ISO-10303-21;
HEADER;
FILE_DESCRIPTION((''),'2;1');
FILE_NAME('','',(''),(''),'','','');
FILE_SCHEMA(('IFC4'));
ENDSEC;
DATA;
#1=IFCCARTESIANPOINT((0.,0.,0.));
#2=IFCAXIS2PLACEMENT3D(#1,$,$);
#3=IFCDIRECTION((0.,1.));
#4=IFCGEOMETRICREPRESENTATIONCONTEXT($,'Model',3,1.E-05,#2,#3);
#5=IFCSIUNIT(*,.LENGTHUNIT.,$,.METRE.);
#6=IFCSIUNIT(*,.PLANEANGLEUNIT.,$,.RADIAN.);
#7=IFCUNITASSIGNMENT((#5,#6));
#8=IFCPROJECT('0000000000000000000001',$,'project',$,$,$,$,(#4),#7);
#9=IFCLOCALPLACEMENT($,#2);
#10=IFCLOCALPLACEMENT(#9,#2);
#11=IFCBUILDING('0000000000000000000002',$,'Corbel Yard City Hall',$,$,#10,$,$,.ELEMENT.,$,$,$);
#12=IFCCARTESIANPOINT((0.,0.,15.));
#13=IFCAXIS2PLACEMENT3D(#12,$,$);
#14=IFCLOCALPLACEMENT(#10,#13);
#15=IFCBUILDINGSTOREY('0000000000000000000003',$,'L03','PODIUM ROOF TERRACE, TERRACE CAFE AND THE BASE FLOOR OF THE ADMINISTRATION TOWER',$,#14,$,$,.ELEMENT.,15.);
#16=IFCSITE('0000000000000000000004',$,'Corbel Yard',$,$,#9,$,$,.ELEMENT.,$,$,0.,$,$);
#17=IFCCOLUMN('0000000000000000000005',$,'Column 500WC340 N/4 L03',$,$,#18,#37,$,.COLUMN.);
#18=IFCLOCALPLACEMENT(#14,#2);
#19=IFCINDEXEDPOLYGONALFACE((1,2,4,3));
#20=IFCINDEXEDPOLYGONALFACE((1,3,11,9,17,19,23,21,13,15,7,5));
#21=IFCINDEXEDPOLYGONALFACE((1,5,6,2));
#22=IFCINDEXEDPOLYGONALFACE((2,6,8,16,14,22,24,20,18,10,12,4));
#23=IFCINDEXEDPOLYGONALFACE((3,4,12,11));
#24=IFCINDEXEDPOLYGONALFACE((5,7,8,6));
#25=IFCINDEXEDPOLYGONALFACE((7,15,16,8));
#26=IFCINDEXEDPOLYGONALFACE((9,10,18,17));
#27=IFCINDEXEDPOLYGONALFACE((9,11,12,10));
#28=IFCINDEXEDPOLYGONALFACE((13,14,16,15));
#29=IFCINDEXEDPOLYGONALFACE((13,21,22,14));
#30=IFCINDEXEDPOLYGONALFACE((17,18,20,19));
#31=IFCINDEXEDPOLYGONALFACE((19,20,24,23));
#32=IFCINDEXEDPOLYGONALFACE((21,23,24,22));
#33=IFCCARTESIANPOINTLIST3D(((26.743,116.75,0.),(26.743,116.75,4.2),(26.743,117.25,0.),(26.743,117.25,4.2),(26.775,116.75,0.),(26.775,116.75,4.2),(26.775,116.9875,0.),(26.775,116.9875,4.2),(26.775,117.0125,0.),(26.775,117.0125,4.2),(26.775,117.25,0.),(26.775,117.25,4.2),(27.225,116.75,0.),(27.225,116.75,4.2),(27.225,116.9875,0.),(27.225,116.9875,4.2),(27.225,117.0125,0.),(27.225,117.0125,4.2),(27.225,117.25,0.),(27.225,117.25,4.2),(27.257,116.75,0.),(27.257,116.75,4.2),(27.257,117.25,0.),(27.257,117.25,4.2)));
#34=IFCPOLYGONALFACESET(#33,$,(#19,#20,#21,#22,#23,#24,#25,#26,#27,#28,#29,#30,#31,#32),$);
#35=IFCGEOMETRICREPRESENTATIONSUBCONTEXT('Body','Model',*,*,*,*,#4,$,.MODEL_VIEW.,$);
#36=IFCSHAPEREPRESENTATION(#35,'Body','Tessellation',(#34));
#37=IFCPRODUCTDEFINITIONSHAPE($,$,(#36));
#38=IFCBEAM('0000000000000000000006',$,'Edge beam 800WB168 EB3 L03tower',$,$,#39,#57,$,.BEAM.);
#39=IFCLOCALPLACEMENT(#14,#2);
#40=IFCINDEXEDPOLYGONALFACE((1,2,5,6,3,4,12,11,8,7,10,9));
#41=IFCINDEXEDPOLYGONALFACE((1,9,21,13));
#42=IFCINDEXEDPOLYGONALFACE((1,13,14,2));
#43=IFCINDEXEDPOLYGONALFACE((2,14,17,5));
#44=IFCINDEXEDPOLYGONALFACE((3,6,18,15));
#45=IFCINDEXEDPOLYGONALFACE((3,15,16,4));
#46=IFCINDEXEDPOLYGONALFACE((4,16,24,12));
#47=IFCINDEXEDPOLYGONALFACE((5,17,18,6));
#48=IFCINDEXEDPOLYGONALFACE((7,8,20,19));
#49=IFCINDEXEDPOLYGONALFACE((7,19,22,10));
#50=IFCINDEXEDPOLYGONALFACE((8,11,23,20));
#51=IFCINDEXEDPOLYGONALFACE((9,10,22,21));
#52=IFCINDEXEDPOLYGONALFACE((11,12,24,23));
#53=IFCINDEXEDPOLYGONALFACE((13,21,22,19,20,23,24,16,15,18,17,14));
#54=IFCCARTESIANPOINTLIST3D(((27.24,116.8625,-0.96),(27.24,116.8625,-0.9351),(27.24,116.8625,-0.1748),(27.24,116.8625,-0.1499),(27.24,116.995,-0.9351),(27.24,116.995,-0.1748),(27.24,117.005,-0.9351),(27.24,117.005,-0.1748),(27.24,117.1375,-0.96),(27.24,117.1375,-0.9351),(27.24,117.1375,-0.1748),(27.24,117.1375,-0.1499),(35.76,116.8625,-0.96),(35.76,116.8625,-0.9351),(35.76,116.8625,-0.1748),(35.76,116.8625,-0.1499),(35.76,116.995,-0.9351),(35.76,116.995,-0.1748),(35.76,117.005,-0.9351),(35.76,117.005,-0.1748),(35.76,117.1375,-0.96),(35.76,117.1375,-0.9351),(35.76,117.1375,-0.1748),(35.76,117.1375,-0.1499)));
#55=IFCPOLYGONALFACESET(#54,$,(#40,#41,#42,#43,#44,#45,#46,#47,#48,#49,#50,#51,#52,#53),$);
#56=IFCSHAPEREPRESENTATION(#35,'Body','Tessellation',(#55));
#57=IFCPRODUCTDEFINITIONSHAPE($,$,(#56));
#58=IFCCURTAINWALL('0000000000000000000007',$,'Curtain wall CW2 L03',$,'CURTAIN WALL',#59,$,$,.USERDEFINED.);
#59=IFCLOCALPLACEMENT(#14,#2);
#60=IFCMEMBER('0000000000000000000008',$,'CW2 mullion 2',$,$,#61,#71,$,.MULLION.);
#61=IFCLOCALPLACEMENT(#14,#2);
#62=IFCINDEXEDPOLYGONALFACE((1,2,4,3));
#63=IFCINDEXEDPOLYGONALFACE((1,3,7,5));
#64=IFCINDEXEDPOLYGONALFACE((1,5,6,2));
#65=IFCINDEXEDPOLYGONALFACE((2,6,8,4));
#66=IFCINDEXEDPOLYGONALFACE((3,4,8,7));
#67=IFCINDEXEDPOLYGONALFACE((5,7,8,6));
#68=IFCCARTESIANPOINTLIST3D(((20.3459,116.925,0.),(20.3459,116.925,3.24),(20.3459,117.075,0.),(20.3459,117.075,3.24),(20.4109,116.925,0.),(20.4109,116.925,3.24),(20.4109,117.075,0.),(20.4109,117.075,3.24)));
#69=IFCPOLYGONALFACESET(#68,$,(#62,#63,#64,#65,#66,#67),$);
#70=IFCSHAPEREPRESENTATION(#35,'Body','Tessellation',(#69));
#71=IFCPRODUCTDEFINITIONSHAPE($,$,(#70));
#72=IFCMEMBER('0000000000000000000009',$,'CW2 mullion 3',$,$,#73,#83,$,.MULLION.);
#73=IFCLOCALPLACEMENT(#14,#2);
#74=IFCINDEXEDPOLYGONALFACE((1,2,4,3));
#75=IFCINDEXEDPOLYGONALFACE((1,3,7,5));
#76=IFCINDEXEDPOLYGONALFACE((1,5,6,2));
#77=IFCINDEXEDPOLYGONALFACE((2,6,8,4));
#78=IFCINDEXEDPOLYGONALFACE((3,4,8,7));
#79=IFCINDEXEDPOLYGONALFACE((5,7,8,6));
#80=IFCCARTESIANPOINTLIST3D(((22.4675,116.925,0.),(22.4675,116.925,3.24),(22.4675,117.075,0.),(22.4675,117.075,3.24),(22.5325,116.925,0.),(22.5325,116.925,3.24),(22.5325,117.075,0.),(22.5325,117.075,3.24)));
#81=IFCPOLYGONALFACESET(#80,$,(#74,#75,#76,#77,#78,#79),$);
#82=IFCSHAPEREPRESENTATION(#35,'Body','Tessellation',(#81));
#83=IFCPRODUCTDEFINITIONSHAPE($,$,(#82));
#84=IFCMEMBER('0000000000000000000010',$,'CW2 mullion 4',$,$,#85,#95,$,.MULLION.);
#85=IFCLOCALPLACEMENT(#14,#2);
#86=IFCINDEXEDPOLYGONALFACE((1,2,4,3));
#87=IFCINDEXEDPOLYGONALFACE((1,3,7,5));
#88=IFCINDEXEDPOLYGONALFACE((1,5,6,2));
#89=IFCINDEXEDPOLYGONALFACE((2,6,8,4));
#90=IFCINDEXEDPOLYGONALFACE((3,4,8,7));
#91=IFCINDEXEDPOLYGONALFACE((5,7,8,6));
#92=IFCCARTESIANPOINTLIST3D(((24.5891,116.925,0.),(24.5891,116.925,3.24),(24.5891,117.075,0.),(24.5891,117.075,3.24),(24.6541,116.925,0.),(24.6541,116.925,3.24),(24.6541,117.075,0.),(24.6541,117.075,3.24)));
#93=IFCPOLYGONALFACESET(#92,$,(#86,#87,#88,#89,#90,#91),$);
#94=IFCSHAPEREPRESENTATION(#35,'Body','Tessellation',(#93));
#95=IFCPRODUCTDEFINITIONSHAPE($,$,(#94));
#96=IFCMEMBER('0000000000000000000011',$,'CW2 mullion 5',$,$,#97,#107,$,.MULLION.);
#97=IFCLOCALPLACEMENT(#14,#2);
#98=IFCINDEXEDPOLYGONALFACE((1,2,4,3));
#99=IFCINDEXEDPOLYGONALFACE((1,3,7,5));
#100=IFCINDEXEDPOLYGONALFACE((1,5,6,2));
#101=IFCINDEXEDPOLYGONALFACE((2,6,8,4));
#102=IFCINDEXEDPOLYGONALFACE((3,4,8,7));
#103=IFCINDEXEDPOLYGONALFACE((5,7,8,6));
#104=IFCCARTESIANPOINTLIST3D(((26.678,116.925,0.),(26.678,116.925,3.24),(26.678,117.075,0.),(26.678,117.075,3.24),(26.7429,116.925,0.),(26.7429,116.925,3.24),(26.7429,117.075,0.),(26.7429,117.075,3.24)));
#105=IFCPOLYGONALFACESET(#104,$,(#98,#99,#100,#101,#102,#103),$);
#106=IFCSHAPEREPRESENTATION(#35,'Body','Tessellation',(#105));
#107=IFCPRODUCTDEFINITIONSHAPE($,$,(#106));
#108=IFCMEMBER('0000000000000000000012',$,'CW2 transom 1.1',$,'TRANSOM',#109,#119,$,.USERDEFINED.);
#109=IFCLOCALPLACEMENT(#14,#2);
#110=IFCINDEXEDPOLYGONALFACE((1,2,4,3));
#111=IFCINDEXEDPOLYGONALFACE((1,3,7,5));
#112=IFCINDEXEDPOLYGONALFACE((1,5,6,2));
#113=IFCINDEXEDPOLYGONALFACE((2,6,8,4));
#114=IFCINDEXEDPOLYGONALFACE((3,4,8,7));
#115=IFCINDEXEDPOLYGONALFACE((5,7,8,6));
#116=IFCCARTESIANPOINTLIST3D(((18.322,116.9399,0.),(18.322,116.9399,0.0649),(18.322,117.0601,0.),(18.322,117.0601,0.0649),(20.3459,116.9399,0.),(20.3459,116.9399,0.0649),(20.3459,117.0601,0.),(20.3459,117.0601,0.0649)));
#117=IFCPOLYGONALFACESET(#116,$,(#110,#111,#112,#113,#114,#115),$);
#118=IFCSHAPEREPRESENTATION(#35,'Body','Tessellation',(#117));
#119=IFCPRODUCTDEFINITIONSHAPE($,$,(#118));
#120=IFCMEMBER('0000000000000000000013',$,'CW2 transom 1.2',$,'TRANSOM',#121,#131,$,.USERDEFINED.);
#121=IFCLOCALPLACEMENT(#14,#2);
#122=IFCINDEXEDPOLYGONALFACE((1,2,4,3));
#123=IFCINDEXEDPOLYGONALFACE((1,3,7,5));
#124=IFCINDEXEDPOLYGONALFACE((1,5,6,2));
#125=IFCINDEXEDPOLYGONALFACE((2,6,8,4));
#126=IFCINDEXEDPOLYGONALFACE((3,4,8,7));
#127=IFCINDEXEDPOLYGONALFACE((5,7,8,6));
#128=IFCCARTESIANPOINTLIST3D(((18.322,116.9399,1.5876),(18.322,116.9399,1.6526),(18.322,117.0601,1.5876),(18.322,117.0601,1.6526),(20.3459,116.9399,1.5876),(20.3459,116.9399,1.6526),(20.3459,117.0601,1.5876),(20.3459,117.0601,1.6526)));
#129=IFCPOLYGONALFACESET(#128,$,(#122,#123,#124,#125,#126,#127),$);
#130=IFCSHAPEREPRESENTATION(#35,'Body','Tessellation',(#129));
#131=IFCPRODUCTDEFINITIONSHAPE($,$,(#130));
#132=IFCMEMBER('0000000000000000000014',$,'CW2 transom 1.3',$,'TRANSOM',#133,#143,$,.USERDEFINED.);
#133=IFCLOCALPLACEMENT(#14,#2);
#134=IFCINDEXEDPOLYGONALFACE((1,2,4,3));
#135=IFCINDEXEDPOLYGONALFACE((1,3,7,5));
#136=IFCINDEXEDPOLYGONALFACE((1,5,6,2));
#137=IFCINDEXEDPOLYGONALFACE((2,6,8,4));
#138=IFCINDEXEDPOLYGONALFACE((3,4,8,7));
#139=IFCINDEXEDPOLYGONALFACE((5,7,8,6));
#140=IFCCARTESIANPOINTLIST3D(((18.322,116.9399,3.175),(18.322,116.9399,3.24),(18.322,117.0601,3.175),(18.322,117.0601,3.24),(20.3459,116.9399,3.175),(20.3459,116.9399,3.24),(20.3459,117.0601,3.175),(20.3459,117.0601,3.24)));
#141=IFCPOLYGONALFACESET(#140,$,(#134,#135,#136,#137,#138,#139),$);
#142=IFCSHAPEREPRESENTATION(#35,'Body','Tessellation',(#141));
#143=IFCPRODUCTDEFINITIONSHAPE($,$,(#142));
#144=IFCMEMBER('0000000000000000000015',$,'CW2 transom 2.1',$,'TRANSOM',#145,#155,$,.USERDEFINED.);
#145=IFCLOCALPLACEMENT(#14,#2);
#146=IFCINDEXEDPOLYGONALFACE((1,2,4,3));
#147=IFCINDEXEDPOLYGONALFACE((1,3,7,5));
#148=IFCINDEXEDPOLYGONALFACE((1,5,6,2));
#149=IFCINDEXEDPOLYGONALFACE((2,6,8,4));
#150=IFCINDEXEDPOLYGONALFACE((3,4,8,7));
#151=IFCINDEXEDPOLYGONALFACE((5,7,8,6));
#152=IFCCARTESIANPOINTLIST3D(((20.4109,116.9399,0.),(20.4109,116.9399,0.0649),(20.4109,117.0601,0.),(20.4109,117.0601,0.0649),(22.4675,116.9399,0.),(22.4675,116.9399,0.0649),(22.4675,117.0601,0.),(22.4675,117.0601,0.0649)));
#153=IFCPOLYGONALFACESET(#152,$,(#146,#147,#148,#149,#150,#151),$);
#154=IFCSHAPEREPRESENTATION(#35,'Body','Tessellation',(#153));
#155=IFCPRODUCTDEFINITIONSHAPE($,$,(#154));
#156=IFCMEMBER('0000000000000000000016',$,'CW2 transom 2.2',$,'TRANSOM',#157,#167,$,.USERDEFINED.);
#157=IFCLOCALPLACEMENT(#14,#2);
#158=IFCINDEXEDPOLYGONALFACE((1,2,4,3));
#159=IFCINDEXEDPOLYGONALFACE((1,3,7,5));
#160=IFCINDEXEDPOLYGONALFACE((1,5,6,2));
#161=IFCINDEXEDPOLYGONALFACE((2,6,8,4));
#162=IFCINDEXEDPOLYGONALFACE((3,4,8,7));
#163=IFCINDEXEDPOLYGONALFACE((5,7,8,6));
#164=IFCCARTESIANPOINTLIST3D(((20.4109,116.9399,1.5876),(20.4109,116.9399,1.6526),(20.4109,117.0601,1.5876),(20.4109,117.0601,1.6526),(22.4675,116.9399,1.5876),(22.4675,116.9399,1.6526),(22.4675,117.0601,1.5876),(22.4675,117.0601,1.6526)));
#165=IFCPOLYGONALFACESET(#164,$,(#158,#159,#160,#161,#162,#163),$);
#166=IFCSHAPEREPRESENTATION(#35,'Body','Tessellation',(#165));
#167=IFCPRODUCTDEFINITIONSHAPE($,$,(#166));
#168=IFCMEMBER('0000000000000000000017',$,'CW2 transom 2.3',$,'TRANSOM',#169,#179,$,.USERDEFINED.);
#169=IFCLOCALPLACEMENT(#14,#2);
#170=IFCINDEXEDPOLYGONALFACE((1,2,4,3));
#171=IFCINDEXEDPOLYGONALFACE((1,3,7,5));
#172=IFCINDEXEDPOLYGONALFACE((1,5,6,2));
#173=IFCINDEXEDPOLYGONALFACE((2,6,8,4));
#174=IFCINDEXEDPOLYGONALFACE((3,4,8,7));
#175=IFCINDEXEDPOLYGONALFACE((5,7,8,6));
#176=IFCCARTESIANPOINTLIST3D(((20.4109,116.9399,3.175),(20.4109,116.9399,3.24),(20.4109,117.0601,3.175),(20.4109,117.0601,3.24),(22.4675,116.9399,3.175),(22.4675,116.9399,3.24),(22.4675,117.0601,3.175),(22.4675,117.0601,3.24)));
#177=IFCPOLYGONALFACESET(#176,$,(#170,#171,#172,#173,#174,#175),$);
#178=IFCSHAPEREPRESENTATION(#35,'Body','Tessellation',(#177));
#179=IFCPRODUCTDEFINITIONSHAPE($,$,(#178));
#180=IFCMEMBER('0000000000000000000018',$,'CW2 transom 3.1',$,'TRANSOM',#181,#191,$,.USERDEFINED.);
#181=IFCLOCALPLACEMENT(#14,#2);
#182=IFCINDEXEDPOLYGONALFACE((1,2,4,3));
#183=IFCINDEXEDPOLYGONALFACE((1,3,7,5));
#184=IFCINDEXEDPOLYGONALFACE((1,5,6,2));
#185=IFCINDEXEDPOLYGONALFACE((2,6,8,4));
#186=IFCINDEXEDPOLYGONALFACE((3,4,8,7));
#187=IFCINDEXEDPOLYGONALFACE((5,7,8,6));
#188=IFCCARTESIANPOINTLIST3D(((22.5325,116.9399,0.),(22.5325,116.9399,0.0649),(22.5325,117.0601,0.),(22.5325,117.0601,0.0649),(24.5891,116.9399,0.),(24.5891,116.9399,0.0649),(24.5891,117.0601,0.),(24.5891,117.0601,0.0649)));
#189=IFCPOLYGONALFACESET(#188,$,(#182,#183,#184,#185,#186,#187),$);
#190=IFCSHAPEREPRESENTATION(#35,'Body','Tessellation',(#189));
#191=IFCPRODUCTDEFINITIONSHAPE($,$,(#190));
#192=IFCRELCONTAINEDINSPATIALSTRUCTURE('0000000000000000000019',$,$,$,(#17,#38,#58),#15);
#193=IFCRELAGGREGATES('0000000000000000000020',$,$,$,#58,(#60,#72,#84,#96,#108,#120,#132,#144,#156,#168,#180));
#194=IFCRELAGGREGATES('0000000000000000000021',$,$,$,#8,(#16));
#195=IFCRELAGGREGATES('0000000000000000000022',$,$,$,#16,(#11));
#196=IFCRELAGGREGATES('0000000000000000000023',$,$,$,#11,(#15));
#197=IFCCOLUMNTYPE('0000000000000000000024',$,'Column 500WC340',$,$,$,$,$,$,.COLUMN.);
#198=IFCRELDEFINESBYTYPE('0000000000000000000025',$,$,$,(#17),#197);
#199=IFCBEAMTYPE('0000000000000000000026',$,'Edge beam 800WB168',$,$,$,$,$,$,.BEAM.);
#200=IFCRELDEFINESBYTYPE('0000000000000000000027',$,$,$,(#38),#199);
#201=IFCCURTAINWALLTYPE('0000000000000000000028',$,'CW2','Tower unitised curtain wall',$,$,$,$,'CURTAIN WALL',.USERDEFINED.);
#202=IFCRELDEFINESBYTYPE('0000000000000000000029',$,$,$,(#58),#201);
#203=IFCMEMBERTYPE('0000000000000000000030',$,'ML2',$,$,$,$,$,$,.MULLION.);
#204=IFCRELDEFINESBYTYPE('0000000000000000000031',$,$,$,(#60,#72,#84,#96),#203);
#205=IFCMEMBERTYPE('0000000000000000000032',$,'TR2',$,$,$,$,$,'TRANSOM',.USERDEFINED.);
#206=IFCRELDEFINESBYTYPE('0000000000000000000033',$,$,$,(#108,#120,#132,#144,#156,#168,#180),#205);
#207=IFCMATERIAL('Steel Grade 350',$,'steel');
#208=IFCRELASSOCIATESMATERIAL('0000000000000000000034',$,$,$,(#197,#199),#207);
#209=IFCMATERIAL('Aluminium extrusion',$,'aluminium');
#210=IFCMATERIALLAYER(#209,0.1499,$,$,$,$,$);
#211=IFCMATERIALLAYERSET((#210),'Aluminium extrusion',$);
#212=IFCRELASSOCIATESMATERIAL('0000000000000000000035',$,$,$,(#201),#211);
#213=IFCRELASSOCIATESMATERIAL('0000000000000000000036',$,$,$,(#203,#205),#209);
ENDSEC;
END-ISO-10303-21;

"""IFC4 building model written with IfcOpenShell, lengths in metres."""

from ifc_helpers import new_model, si_unit, direction, frame, origin, origin_2d, place, context, subcontext, project, spatial, rectangle, i_section, extrude, material, layer, layer_set, material_profile, profile_set, type_object, element, aggregate, save


model = new_model("IFC4")

# Units and contexts
model_context = context("Model", 3, precision=1e-05, world=origin(), true_north=direction((0.0, 1.0)))
body_context = subcontext(model_context, "Body", "Model", "MODEL_VIEW")
ifc_project = project(units=[si_unit("LENGTHUNIT", "METRE"), si_unit("PLANEANGLEUNIT", "RADIAN")], contexts=[model_context])

# Site, building, storey
site_placement = place(None, origin())
site = spatial("IfcSite", under=ifc_project, at=site_placement, Name="Corbel Yard", CompositionType="ELEMENT", RefElevation=0.0)
building_placement = place(site_placement, origin())
building = spatial("IfcBuilding", under=site, at=building_placement, Name="Corbel Yard City Hall", CompositionType="ELEMENT")
storey_placement = place(building_placement, frame((0.0, 0.0, 15.0)))
storey = spatial("IfcBuildingStorey", under=building, at=storey_placement, Name="L03", Description="PODIUM ROOF TERRACE, TERRACE CAFE AND THE BASE FLOOR OF THE ADMINISTRATION TOWER", CompositionType="ELEMENT", Elevation=15.0)

# Column
ifc_material_1 = material(Name="Steel Grade 350", Category="steel")
ifc_material_profile_1 = material_profile(ifc_material_1, i_section(OverallWidth=0.5, OverallDepth=0.5139, WebThickness=0.0249, FlangeThickness=0.032, at=origin_2d()), Name="500WC340")
ifc_profile_set_1 = profile_set([ifc_material_profile_1], Name="Steel Grade 350")
column_type = type_object("IfcColumnType", Name="Column 500WC340", PredefinedType="COLUMN", material=ifc_profile_set_1)
column_placement = place(storey_placement, frame((27.0, 117.0, 0.0), z_axis=(0.0, 0.0, 1.0), x_axis=(0.0, 1.0, 0.0)))
element("IfcColumn", 1, at=column_placement, inside=storey, type_object=column_type, Name="Column 500WC340 N/4 L03", PredefinedType="COLUMN", context=body_context, shape_type="SweptSolid", body=[
    extrude(i_section(OverallWidth=0.5, OverallDepth=0.5139, WebThickness=0.0249, FlangeThickness=0.032, at=origin_2d()), origin(), (0.0, 0.0, 1.0), 4.2),
])

# Beam
ifc_material_profile_2 = material_profile(ifc_material_1, i_section(OverallWidth=0.2749, OverallDepth=0.8101, WebThickness=0.01, FlangeThickness=0.0249, at=origin_2d()), Name="800WB168")
ifc_profile_set_2 = profile_set([ifc_material_profile_2], Name="Steel Grade 350")
beam_type = type_object("IfcBeamType", Name="Edge beam 800WB168", PredefinedType="BEAM", material=ifc_profile_set_2)
beam_placement = place(storey_placement, frame((27.24, 117.0, -0.5549), z_axis=(1.0, 0.0, 0.0), x_axis=(0.0, 1.0, 0.0)))
element("IfcBeam", 2, at=beam_placement, inside=storey, type_object=beam_type, Name="Edge beam 800WB168 EB3 L03tower", PredefinedType="BEAM", context=body_context, shape_type="SweptSolid", body=[
    extrude(i_section(OverallWidth=0.2749, OverallDepth=0.8101, WebThickness=0.01, FlangeThickness=0.0249, at=origin_2d()), origin(), (0.0, 0.0, 1.0), 8.52),
])

# Curtain wall, members
ifc_material_2 = material(Name="Aluminium extrusion", Category="aluminium")
ifc_layer_1 = layer(ifc_material_2, 0.1499)
ifc_layer_set_1 = layer_set([ifc_layer_1], Name="Aluminium extrusion")
curtain_wall_type = type_object("IfcCurtainWallType", Name="CW2", Description="Tower unitised curtain wall", ElementType="CURTAIN WALL", PredefinedType="USERDEFINED", material=ifc_layer_set_1)
curtain_wall_placement = place(storey_placement, origin())
curtain_wall = element("IfcCurtainWall", 3, at=curtain_wall_placement, inside=storey, type_object=curtain_wall_type, Name="Curtain wall CW2 L03", ObjectType="CURTAIN WALL", PredefinedType="USERDEFINED")
ifc_material_profile_3 = material_profile(ifc_material_2, rectangle(XDim=0.1499, YDim=0.0649, at=origin_2d()), Name="150x65")
ifc_profile_set_3 = profile_set([ifc_material_profile_3], Name="Aluminium extrusion")
member_type_1 = type_object("IfcMemberType", Name="ML2", PredefinedType="MULLION", material=ifc_profile_set_3)
member_1_placement = place(storey_placement, frame((20.3784, 117.0, 0.0), z_axis=(0.0, 0.0, 1.0), x_axis=(0.0, 1.0, 0.0)))
member_1 = element("IfcMember", 4, at=member_1_placement, type_object=member_type_1, Name="CW2 mullion 2", PredefinedType="MULLION", context=body_context, shape_type="SweptSolid", body=[
    extrude(rectangle(XDim=0.1499, YDim=0.0649, at=origin_2d()), origin(), (0.0, 0.0, 1.0), 3.24),
])
member_2_placement = place(storey_placement, frame((22.5, 117.0, 0.0), z_axis=(0.0, 0.0, 1.0), x_axis=(0.0, 1.0, 0.0)))
member_2 = element("IfcMember", 5, at=member_2_placement, type_object=member_type_1, Name="CW2 mullion 3", PredefinedType="MULLION", context=body_context, shape_type="SweptSolid", body=[
    extrude(rectangle(XDim=0.1499, YDim=0.0649, at=origin_2d()), origin(), (0.0, 0.0, 1.0), 3.24),
])
member_3_placement = place(storey_placement, frame((24.6216, 117.0, 0.0), z_axis=(0.0, 0.0, 1.0), x_axis=(0.0, 1.0, 0.0)))
member_3 = element("IfcMember", 6, at=member_3_placement, type_object=member_type_1, Name="CW2 mullion 4", PredefinedType="MULLION", context=body_context, shape_type="SweptSolid", body=[
    extrude(rectangle(XDim=0.1499, YDim=0.0649, at=origin_2d()), origin(), (0.0, 0.0, 1.0), 3.24),
])
member_4_placement = place(storey_placement, frame((26.7104, 117.0, 0.0), z_axis=(0.0, 0.0, 1.0), x_axis=(0.0, 1.0, 0.0)))
member_4 = element("IfcMember", 7, at=member_4_placement, type_object=member_type_1, Name="CW2 mullion 5", PredefinedType="MULLION", context=body_context, shape_type="SweptSolid", body=[
    extrude(rectangle(XDim=0.1499, YDim=0.0649, at=origin_2d()), origin(), (0.0, 0.0, 1.0), 3.24),
])
ifc_material_profile_4 = material_profile(ifc_material_2, rectangle(XDim=0.1201, YDim=0.0649, at=origin_2d()), Name="120x65")
ifc_profile_set_4 = profile_set([ifc_material_profile_4], Name="Aluminium extrusion")
member_type_2 = type_object("IfcMemberType", Name="TR2", ElementType="TRANSOM", PredefinedType="USERDEFINED", material=ifc_profile_set_4)
member_5_placement = place(storey_placement, frame((18.322, 117.0, 0.0325), z_axis=(1.0, 0.0, 0.0), x_axis=(0.0, 1.0, 0.0)))
member_5 = element("IfcMember", 8, at=member_5_placement, type_object=member_type_2, Name="CW2 transom 1.1", ObjectType="TRANSOM", PredefinedType="USERDEFINED", context=body_context, shape_type="SweptSolid", body=[
    extrude(rectangle(XDim=0.1201, YDim=0.0649, at=origin_2d()), origin(), (0.0, 0.0, 1.0), 2.0239),
])
member_6_placement = place(storey_placement, frame((18.322, 117.0, 1.6201), z_axis=(1.0, 0.0, 0.0), x_axis=(0.0, 1.0, 0.0)))
member_6 = element("IfcMember", 9, at=member_6_placement, type_object=member_type_2, Name="CW2 transom 1.2", ObjectType="TRANSOM", PredefinedType="USERDEFINED", context=body_context, shape_type="SweptSolid", body=[
    extrude(rectangle(XDim=0.1201, YDim=0.0649, at=origin_2d()), origin(), (0.0, 0.0, 1.0), 2.0239),
])
member_7_placement = place(storey_placement, frame((18.322, 117.0, 3.2075), z_axis=(1.0, 0.0, 0.0), x_axis=(0.0, 1.0, 0.0)))
member_7 = element("IfcMember", 10, at=member_7_placement, type_object=member_type_2, Name="CW2 transom 1.3", ObjectType="TRANSOM", PredefinedType="USERDEFINED", context=body_context, shape_type="SweptSolid", body=[
    extrude(rectangle(XDim=0.1201, YDim=0.0649, at=origin_2d()), origin(), (0.0, 0.0, 1.0), 2.0239),
])
member_8_placement = place(storey_placement, frame((20.4109, 117.0, 0.0325), z_axis=(1.0, 0.0, 0.0), x_axis=(0.0, 1.0, 0.0)))
member_8 = element("IfcMember", 11, at=member_8_placement, type_object=member_type_2, Name="CW2 transom 2.1", ObjectType="TRANSOM", PredefinedType="USERDEFINED", context=body_context, shape_type="SweptSolid", body=[
    extrude(rectangle(XDim=0.1201, YDim=0.0649, at=origin_2d()), origin(), (0.0, 0.0, 1.0), 2.0566),
])
member_9_placement = place(storey_placement, frame((20.4109, 117.0, 1.6201), z_axis=(1.0, 0.0, 0.0), x_axis=(0.0, 1.0, 0.0)))
member_9 = element("IfcMember", 12, at=member_9_placement, type_object=member_type_2, Name="CW2 transom 2.2", ObjectType="TRANSOM", PredefinedType="USERDEFINED", context=body_context, shape_type="SweptSolid", body=[
    extrude(rectangle(XDim=0.1201, YDim=0.0649, at=origin_2d()), origin(), (0.0, 0.0, 1.0), 2.0566),
])
member_10_placement = place(storey_placement, frame((20.4109, 117.0, 3.2075), z_axis=(1.0, 0.0, 0.0), x_axis=(0.0, 1.0, 0.0)))
member_10 = element("IfcMember", 13, at=member_10_placement, type_object=member_type_2, Name="CW2 transom 2.3", ObjectType="TRANSOM", PredefinedType="USERDEFINED", context=body_context, shape_type="SweptSolid", body=[
    extrude(rectangle(XDim=0.1201, YDim=0.0649, at=origin_2d()), origin(), (0.0, 0.0, 1.0), 2.0566),
])
member_11_placement = place(storey_placement, frame((22.5325, 117.0, 0.0325), z_axis=(1.0, 0.0, 0.0), x_axis=(0.0, 1.0, 0.0)))
member_11 = element("IfcMember", 14, at=member_11_placement, type_object=member_type_2, Name="CW2 transom 3.1", ObjectType="TRANSOM", PredefinedType="USERDEFINED", context=body_context, shape_type="SweptSolid", body=[
    extrude(rectangle(XDim=0.1201, YDim=0.0649, at=origin_2d()), origin(), (0.0, 0.0, 1.0), 2.0566),
])
aggregate(curtain_wall, [member_1, member_2, member_3, member_4, member_5, member_6, member_7, member_8, member_9, member_10, member_11])

save(model, "model.ifc")
